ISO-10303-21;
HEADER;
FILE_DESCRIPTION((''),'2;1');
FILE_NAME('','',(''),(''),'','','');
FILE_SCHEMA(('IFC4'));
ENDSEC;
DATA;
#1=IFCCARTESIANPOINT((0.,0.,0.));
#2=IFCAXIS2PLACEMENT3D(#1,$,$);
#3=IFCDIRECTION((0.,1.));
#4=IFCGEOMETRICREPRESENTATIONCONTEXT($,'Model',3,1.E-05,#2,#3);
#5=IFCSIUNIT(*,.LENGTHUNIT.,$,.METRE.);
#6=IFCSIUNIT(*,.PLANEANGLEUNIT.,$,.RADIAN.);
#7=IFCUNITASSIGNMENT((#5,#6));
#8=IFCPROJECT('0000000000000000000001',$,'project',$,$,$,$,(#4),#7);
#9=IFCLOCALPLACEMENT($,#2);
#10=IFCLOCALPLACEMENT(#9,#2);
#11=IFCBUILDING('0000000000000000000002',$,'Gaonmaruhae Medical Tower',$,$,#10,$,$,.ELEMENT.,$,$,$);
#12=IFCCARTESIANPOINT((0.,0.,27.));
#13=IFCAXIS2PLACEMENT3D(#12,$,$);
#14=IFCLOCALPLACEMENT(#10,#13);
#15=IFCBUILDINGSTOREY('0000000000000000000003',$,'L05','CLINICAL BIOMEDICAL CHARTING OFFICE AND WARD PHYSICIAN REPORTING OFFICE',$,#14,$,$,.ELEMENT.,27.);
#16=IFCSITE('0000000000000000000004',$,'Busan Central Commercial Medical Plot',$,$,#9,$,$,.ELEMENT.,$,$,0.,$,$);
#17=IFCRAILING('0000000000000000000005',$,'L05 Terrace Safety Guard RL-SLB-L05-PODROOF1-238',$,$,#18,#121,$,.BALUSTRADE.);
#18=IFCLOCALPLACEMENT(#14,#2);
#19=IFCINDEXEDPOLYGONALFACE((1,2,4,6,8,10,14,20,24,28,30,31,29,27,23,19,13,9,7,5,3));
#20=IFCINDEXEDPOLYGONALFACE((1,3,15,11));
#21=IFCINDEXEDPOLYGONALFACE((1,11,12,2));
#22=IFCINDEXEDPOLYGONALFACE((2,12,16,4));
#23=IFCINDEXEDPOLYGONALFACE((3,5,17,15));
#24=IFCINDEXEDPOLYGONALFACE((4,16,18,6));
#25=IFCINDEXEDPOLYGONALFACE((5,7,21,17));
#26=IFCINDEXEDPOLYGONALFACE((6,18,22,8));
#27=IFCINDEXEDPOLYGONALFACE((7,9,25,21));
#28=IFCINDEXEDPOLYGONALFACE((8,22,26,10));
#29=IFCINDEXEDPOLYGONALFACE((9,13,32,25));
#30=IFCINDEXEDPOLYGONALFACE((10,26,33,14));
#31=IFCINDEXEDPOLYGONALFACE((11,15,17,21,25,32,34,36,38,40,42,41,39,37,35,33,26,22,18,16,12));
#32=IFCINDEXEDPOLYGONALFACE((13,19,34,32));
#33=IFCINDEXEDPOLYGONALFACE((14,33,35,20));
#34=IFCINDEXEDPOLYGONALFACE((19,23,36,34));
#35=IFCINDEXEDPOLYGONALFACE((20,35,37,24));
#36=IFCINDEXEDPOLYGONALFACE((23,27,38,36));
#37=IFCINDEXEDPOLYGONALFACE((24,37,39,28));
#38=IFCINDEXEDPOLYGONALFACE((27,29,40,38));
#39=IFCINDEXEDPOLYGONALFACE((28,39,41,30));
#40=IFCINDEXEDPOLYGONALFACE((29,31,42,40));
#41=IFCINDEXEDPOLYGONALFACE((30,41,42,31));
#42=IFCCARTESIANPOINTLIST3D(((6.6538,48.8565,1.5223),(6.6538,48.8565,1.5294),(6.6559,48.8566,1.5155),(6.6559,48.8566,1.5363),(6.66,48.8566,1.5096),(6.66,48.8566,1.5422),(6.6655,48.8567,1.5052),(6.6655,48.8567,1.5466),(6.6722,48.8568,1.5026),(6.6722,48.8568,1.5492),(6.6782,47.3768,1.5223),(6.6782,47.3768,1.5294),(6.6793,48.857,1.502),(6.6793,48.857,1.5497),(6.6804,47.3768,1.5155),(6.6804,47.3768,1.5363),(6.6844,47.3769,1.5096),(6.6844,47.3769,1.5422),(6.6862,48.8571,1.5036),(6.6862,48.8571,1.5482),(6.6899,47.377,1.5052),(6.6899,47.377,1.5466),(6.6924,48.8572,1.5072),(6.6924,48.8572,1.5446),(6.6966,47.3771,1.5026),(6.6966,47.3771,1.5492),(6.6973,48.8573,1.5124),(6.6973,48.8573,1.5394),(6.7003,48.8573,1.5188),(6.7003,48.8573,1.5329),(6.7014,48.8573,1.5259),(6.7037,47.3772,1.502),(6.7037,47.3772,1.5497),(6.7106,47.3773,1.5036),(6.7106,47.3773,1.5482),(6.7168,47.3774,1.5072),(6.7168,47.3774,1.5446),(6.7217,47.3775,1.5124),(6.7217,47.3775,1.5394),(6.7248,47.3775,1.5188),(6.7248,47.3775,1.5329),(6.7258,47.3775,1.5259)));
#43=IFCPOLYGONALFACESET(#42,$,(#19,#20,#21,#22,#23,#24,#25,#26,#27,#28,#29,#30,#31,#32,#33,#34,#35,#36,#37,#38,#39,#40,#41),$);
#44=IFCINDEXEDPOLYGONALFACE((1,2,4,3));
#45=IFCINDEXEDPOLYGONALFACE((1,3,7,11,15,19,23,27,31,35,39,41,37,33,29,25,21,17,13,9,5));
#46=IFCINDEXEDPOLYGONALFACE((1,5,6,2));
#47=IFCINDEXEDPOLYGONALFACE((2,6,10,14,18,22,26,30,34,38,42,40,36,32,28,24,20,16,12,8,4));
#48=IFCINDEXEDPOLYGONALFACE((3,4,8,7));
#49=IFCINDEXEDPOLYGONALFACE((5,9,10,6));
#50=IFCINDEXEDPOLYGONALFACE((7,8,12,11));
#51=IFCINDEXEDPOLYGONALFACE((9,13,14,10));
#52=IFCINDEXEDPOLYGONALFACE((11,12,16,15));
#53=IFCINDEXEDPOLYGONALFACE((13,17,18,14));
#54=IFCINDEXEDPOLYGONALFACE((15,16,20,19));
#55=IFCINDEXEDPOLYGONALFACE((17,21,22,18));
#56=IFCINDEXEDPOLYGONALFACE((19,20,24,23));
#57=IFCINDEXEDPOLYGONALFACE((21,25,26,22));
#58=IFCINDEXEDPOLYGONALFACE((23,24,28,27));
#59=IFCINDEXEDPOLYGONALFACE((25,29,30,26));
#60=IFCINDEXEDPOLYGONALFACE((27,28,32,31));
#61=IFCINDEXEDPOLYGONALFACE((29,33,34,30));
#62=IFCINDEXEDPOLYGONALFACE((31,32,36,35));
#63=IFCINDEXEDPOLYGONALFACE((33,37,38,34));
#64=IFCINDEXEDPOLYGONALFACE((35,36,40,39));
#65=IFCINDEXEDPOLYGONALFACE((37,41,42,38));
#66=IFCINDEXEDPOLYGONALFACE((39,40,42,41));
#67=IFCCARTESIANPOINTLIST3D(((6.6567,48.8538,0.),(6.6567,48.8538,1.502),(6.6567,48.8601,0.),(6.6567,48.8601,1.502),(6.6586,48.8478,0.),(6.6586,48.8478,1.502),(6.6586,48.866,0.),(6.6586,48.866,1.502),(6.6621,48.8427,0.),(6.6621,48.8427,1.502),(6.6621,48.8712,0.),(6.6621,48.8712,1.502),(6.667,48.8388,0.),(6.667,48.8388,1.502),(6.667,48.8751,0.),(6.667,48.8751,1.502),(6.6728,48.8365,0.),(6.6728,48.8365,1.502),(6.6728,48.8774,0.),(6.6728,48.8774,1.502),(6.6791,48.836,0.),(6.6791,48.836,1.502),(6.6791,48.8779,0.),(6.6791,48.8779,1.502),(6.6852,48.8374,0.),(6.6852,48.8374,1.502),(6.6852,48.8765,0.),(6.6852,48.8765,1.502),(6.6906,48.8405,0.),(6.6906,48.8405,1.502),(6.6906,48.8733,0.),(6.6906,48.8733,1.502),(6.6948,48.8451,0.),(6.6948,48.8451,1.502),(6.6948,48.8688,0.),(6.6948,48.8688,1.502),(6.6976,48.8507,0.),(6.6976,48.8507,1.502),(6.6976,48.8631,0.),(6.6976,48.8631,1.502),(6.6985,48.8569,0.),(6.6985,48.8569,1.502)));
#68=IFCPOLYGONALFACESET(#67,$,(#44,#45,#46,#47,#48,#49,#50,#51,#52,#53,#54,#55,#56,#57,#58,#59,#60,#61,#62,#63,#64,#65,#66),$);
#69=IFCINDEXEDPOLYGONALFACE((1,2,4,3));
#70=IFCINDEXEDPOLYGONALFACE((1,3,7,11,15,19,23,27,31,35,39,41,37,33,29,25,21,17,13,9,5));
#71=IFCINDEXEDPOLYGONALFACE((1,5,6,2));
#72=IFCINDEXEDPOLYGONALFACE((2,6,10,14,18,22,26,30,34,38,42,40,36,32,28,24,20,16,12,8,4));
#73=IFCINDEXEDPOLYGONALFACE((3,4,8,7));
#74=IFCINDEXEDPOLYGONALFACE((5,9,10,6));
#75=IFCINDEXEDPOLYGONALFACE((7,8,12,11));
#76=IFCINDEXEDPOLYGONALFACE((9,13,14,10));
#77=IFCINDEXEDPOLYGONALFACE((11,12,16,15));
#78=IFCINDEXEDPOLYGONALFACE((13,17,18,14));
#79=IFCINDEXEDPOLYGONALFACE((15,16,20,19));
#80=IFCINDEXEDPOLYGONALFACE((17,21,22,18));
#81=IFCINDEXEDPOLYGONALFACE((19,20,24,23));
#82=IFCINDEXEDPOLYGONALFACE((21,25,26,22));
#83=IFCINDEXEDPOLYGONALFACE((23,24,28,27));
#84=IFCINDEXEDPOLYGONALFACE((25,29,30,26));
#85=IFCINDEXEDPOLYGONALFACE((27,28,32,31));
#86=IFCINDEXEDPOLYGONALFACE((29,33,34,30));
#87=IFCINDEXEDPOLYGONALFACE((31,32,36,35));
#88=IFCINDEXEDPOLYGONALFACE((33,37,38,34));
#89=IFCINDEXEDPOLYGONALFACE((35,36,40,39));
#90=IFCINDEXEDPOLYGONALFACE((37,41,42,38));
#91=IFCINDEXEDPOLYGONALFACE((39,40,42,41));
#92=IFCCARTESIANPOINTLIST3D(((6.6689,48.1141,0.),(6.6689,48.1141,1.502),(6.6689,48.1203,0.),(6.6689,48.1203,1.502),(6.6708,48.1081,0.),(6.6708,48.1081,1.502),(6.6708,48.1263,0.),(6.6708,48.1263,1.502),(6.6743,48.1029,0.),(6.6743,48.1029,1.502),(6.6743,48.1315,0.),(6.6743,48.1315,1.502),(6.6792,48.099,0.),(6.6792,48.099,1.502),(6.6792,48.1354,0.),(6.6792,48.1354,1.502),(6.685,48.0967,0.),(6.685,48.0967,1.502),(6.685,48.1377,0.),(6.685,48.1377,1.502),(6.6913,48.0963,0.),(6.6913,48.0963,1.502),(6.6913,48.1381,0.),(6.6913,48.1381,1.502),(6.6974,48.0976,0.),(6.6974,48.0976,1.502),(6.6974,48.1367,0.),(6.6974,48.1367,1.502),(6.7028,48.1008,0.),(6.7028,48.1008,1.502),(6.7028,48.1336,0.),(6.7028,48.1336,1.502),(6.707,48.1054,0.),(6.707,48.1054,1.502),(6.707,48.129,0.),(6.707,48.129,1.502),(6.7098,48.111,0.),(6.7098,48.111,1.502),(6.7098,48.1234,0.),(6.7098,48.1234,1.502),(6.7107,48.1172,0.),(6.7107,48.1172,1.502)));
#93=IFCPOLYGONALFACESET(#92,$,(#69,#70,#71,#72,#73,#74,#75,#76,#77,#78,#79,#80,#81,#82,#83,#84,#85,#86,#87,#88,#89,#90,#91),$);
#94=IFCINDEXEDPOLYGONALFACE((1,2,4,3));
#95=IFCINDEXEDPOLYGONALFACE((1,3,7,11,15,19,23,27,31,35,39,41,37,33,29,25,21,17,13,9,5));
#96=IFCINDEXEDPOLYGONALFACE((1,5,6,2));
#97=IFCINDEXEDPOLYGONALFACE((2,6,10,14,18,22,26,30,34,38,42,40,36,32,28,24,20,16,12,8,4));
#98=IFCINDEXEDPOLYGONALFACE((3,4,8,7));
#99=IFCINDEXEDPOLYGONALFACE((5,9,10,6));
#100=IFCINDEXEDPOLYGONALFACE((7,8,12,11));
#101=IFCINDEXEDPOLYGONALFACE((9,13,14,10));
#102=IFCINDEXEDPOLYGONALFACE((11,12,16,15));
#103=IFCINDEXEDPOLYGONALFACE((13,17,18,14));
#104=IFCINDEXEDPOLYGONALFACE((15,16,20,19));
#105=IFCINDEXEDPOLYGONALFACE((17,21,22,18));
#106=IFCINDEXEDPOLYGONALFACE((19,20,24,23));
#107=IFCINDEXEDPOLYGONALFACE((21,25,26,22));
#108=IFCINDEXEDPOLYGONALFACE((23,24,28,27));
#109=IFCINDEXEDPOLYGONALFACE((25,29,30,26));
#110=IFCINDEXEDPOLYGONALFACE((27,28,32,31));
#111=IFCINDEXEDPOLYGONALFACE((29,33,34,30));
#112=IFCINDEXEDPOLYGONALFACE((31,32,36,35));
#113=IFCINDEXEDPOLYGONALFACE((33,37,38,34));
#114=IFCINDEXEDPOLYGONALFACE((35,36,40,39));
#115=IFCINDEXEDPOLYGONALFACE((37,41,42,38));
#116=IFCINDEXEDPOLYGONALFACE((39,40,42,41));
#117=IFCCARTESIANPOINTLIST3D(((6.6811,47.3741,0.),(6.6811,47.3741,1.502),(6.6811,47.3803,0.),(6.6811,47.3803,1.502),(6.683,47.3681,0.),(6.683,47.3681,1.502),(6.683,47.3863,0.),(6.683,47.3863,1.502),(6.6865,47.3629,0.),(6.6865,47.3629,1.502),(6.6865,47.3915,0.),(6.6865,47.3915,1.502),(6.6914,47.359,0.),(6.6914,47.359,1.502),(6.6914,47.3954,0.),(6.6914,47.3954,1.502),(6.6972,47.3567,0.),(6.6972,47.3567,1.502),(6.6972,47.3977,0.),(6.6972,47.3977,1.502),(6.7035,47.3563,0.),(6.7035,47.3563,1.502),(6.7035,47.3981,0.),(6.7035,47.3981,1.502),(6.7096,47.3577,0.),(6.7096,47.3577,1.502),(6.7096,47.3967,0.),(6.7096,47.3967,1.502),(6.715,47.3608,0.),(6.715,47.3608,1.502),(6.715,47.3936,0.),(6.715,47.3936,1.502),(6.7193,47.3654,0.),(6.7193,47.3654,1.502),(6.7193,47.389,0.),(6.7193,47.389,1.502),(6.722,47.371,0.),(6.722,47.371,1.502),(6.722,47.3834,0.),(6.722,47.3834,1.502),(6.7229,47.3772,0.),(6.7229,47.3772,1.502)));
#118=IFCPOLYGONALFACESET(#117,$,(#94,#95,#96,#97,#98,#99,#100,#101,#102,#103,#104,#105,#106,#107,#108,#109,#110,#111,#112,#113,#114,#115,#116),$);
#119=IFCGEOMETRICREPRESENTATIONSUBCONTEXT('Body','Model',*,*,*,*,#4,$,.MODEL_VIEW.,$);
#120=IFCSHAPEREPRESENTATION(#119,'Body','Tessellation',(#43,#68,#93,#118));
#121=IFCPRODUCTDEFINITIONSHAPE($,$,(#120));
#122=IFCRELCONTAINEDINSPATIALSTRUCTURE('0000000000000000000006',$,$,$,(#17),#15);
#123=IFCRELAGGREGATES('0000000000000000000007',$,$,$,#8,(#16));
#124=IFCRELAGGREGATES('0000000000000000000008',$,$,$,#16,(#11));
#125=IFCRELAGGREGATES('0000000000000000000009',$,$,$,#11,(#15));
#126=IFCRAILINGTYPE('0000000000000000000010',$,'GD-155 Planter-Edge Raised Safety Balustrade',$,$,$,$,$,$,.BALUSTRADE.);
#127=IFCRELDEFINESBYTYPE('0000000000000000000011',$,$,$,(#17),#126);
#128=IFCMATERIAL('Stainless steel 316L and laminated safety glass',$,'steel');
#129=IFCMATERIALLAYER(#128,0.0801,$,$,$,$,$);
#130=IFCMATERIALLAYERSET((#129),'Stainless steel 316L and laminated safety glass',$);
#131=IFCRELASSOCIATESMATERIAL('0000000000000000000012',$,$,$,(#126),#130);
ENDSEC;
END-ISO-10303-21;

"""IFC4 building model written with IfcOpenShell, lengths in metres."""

from ifc_helpers import new_model, si_unit, direction, frame, origin, origin_2d, place, context, subcontext, project, spatial, circle, extrude, material, layer, layer_set, type_object, element, save


model = new_model("IFC4")

# Units and contexts
model_context = context("Model", 3, precision=1e-05, world=origin(), true_north=direction((0.0, 1.0)))
body_context = subcontext(model_context, "Body", "Model", "MODEL_VIEW")
ifc_project = project(units=[si_unit("LENGTHUNIT", "METRE"), si_unit("PLANEANGLEUNIT", "RADIAN")], contexts=[model_context])

# Site, building, storey
site_placement = place(None, origin())
site = spatial("IfcSite", under=ifc_project, at=site_placement, Name="Busan Central Commercial Medical Plot", CompositionType="ELEMENT", RefElevation=0.0)
building_placement = place(site_placement, origin())
building = spatial("IfcBuilding", under=site, at=building_placement, Name="Gaonmaruhae Medical Tower", CompositionType="ELEMENT")
storey_placement = place(building_placement, frame((0.0, 0.0, 27.0)))
storey = spatial("IfcBuildingStorey", under=building, at=storey_placement, Name="L05", Description="CLINICAL BIOMEDICAL CHARTING OFFICE AND WARD PHYSICIAN REPORTING OFFICE", CompositionType="ELEMENT", Elevation=27.0)

# Railing
ifc_material_1 = material(Name="Stainless steel 316L and laminated safety glass", Category="steel")
ifc_layer_1 = layer(ifc_material_1, 0.0801)
ifc_layer_set_1 = layer_set([ifc_layer_1], Name="Stainless steel 316L and laminated safety glass")
railing_type = type_object("IfcRailingType", Name="GD-155 Planter-Edge Raised Safety Balustrade", PredefinedType="BALUSTRADE", material=ifc_layer_set_1)
railing_1_placement = place(storey_placement, frame((6.6775, 48.8569, 0.0)))
element("IfcRailing", 1, at=railing_1_placement, inside=storey, type_object=railing_type, Name="L05 Terrace Safety Guard RL-SLB-L05-PODROOF1-238", PredefinedType="BALUSTRADE", context=body_context, shape_type="SweptSolid", body=[
    extrude(circle(Radius=0.0239, at=origin_2d()), frame((0.0, 0.0, 1.5259), z_axis=(0.016497, -0.999864, 0.0), x_axis=(0.999864, 0.016497, 0.0)), (0.0, 0.0, 1.0), 1.48),
    extrude(circle(Radius=0.021, at=origin_2d()), origin(), (0.0, 0.0, 1.0), 1.502),
    extrude(circle(Radius=0.021, at=origin_2d()), frame((0.0122, -0.7397, 0.0)), (0.0, 0.0, 1.0), 1.502),
    extrude(circle(Radius=0.021, at=origin_2d()), frame((0.0244, -1.4797, 0.0)), (0.0, 0.0, 1.0), 1.502),
])

save(model, "model.ifc")
